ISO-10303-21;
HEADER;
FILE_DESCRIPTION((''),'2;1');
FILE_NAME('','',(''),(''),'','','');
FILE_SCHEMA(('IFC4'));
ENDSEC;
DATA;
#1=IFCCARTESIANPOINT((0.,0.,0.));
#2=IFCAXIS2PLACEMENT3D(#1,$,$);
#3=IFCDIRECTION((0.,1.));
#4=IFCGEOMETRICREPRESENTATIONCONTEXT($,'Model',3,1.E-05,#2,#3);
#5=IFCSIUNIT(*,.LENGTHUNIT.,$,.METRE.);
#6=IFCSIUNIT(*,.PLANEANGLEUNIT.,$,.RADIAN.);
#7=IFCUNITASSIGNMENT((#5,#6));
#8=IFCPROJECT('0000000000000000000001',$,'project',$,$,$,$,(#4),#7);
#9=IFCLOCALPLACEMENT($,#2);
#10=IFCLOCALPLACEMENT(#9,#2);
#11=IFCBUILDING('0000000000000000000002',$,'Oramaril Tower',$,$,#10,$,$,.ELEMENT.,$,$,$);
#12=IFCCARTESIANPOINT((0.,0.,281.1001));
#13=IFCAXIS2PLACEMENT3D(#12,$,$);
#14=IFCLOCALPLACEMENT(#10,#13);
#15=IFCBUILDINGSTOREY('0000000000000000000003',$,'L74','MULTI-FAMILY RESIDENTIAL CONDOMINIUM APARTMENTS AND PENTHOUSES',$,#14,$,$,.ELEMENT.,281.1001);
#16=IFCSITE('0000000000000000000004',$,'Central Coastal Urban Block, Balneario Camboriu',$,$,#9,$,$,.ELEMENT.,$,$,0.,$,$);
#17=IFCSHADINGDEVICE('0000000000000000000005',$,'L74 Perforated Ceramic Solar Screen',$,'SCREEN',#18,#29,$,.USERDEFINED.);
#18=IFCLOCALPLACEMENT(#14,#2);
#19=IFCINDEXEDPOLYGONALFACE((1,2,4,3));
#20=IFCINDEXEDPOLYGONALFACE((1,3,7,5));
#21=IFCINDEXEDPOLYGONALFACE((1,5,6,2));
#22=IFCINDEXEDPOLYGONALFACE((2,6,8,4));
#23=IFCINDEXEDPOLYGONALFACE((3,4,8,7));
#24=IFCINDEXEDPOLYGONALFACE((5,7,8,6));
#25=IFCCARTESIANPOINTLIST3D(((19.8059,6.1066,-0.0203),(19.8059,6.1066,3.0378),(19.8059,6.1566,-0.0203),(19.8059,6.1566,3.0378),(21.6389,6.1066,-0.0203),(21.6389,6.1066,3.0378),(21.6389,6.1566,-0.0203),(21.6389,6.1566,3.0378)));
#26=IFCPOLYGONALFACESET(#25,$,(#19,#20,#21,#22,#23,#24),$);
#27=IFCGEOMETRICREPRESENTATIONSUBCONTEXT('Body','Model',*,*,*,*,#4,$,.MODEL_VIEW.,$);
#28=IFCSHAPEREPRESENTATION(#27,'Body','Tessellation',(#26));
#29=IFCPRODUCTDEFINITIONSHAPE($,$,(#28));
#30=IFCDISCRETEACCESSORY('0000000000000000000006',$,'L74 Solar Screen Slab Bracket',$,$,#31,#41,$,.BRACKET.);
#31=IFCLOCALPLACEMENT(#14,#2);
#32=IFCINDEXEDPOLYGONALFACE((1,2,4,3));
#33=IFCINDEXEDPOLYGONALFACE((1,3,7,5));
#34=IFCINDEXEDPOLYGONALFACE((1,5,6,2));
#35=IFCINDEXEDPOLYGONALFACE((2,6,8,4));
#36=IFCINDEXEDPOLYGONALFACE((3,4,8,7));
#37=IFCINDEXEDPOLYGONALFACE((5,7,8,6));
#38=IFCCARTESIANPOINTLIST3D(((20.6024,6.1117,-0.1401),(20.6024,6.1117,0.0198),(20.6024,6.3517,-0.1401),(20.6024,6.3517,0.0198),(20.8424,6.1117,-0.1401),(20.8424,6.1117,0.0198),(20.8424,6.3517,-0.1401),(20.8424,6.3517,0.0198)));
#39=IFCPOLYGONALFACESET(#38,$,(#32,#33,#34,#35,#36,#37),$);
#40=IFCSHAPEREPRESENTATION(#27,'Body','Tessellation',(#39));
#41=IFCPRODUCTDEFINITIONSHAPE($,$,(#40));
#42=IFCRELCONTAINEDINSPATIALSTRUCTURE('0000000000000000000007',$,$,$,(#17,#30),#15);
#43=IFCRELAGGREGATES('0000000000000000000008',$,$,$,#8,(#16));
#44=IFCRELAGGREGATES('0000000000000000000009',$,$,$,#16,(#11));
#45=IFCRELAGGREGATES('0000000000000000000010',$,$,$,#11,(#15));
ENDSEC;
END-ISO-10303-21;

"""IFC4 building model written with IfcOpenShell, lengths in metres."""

from ifc_helpers import new_model, si_unit, direction, frame, origin, origin_2d, place, context, subcontext, project, spatial, rectangle, extrude, element, save


model = new_model("IFC4")

# Units and contexts
model_context = context("Model", 3, precision=1e-05, world=origin(), true_north=direction((0.0, 1.0)))
body_context = subcontext(model_context, "Body", "Model", "MODEL_VIEW")
ifc_project = project(units=[si_unit("LENGTHUNIT", "METRE"), si_unit("PLANEANGLEUNIT", "RADIAN")], contexts=[model_context])

# Site, building, storey
site_placement = place(None, origin())
site = spatial("IfcSite", under=ifc_project, at=site_placement, Name="Central Coastal Urban Block, Balneario Camboriu", CompositionType="ELEMENT", RefElevation=0.0)
building_placement = place(site_placement, origin())
building = spatial("IfcBuilding", under=site, at=building_placement, Name="Oramaril Tower", CompositionType="ELEMENT")
storey_placement = place(building_placement, frame((0.0, 0.0, 281.1001)))
storey = spatial("IfcBuildingStorey", under=building, at=storey_placement, Name="L74", Description="MULTI-FAMILY RESIDENTIAL CONDOMINIUM APARTMENTS AND PENTHOUSES", CompositionType="ELEMENT", Elevation=281.1001)

# Shading device
shading_device_placement = place(storey_placement, frame((20.7224, 6.1316, -0.0203), z_axis=(0.0, 0.0, 1.0), x_axis=(1.0, 0.0, 0.0)))
element("IfcShadingDevice", 1, at=shading_device_placement, inside=storey, Name="L74 Perforated Ceramic Solar Screen", ObjectType="SCREEN", PredefinedType="USERDEFINED", context=body_context, shape_type="SweptSolid", body=[
    extrude(rectangle(XDim=1.833, YDim=0.05, at=origin_2d()), origin(), (0.0, 0.0, 1.0), 3.0581),
])

# Discrete accessory
discrete_accessory_placement = place(storey_placement, frame((20.7224, 6.2317, -0.1401), z_axis=(0.0, 0.0, 1.0), x_axis=(1.0, 0.0, 0.0)))
element("IfcDiscreteAccessory", 2, at=discrete_accessory_placement, inside=storey, Name="L74 Solar Screen Slab Bracket", PredefinedType="BRACKET", context=body_context, shape_type="SweptSolid", body=[
    extrude(rectangle(XDim=0.24, YDim=0.24, at=origin_2d()), origin(), (0.0, 0.0, 1.0), 0.1599),
])

save(model, "model.ifc")
